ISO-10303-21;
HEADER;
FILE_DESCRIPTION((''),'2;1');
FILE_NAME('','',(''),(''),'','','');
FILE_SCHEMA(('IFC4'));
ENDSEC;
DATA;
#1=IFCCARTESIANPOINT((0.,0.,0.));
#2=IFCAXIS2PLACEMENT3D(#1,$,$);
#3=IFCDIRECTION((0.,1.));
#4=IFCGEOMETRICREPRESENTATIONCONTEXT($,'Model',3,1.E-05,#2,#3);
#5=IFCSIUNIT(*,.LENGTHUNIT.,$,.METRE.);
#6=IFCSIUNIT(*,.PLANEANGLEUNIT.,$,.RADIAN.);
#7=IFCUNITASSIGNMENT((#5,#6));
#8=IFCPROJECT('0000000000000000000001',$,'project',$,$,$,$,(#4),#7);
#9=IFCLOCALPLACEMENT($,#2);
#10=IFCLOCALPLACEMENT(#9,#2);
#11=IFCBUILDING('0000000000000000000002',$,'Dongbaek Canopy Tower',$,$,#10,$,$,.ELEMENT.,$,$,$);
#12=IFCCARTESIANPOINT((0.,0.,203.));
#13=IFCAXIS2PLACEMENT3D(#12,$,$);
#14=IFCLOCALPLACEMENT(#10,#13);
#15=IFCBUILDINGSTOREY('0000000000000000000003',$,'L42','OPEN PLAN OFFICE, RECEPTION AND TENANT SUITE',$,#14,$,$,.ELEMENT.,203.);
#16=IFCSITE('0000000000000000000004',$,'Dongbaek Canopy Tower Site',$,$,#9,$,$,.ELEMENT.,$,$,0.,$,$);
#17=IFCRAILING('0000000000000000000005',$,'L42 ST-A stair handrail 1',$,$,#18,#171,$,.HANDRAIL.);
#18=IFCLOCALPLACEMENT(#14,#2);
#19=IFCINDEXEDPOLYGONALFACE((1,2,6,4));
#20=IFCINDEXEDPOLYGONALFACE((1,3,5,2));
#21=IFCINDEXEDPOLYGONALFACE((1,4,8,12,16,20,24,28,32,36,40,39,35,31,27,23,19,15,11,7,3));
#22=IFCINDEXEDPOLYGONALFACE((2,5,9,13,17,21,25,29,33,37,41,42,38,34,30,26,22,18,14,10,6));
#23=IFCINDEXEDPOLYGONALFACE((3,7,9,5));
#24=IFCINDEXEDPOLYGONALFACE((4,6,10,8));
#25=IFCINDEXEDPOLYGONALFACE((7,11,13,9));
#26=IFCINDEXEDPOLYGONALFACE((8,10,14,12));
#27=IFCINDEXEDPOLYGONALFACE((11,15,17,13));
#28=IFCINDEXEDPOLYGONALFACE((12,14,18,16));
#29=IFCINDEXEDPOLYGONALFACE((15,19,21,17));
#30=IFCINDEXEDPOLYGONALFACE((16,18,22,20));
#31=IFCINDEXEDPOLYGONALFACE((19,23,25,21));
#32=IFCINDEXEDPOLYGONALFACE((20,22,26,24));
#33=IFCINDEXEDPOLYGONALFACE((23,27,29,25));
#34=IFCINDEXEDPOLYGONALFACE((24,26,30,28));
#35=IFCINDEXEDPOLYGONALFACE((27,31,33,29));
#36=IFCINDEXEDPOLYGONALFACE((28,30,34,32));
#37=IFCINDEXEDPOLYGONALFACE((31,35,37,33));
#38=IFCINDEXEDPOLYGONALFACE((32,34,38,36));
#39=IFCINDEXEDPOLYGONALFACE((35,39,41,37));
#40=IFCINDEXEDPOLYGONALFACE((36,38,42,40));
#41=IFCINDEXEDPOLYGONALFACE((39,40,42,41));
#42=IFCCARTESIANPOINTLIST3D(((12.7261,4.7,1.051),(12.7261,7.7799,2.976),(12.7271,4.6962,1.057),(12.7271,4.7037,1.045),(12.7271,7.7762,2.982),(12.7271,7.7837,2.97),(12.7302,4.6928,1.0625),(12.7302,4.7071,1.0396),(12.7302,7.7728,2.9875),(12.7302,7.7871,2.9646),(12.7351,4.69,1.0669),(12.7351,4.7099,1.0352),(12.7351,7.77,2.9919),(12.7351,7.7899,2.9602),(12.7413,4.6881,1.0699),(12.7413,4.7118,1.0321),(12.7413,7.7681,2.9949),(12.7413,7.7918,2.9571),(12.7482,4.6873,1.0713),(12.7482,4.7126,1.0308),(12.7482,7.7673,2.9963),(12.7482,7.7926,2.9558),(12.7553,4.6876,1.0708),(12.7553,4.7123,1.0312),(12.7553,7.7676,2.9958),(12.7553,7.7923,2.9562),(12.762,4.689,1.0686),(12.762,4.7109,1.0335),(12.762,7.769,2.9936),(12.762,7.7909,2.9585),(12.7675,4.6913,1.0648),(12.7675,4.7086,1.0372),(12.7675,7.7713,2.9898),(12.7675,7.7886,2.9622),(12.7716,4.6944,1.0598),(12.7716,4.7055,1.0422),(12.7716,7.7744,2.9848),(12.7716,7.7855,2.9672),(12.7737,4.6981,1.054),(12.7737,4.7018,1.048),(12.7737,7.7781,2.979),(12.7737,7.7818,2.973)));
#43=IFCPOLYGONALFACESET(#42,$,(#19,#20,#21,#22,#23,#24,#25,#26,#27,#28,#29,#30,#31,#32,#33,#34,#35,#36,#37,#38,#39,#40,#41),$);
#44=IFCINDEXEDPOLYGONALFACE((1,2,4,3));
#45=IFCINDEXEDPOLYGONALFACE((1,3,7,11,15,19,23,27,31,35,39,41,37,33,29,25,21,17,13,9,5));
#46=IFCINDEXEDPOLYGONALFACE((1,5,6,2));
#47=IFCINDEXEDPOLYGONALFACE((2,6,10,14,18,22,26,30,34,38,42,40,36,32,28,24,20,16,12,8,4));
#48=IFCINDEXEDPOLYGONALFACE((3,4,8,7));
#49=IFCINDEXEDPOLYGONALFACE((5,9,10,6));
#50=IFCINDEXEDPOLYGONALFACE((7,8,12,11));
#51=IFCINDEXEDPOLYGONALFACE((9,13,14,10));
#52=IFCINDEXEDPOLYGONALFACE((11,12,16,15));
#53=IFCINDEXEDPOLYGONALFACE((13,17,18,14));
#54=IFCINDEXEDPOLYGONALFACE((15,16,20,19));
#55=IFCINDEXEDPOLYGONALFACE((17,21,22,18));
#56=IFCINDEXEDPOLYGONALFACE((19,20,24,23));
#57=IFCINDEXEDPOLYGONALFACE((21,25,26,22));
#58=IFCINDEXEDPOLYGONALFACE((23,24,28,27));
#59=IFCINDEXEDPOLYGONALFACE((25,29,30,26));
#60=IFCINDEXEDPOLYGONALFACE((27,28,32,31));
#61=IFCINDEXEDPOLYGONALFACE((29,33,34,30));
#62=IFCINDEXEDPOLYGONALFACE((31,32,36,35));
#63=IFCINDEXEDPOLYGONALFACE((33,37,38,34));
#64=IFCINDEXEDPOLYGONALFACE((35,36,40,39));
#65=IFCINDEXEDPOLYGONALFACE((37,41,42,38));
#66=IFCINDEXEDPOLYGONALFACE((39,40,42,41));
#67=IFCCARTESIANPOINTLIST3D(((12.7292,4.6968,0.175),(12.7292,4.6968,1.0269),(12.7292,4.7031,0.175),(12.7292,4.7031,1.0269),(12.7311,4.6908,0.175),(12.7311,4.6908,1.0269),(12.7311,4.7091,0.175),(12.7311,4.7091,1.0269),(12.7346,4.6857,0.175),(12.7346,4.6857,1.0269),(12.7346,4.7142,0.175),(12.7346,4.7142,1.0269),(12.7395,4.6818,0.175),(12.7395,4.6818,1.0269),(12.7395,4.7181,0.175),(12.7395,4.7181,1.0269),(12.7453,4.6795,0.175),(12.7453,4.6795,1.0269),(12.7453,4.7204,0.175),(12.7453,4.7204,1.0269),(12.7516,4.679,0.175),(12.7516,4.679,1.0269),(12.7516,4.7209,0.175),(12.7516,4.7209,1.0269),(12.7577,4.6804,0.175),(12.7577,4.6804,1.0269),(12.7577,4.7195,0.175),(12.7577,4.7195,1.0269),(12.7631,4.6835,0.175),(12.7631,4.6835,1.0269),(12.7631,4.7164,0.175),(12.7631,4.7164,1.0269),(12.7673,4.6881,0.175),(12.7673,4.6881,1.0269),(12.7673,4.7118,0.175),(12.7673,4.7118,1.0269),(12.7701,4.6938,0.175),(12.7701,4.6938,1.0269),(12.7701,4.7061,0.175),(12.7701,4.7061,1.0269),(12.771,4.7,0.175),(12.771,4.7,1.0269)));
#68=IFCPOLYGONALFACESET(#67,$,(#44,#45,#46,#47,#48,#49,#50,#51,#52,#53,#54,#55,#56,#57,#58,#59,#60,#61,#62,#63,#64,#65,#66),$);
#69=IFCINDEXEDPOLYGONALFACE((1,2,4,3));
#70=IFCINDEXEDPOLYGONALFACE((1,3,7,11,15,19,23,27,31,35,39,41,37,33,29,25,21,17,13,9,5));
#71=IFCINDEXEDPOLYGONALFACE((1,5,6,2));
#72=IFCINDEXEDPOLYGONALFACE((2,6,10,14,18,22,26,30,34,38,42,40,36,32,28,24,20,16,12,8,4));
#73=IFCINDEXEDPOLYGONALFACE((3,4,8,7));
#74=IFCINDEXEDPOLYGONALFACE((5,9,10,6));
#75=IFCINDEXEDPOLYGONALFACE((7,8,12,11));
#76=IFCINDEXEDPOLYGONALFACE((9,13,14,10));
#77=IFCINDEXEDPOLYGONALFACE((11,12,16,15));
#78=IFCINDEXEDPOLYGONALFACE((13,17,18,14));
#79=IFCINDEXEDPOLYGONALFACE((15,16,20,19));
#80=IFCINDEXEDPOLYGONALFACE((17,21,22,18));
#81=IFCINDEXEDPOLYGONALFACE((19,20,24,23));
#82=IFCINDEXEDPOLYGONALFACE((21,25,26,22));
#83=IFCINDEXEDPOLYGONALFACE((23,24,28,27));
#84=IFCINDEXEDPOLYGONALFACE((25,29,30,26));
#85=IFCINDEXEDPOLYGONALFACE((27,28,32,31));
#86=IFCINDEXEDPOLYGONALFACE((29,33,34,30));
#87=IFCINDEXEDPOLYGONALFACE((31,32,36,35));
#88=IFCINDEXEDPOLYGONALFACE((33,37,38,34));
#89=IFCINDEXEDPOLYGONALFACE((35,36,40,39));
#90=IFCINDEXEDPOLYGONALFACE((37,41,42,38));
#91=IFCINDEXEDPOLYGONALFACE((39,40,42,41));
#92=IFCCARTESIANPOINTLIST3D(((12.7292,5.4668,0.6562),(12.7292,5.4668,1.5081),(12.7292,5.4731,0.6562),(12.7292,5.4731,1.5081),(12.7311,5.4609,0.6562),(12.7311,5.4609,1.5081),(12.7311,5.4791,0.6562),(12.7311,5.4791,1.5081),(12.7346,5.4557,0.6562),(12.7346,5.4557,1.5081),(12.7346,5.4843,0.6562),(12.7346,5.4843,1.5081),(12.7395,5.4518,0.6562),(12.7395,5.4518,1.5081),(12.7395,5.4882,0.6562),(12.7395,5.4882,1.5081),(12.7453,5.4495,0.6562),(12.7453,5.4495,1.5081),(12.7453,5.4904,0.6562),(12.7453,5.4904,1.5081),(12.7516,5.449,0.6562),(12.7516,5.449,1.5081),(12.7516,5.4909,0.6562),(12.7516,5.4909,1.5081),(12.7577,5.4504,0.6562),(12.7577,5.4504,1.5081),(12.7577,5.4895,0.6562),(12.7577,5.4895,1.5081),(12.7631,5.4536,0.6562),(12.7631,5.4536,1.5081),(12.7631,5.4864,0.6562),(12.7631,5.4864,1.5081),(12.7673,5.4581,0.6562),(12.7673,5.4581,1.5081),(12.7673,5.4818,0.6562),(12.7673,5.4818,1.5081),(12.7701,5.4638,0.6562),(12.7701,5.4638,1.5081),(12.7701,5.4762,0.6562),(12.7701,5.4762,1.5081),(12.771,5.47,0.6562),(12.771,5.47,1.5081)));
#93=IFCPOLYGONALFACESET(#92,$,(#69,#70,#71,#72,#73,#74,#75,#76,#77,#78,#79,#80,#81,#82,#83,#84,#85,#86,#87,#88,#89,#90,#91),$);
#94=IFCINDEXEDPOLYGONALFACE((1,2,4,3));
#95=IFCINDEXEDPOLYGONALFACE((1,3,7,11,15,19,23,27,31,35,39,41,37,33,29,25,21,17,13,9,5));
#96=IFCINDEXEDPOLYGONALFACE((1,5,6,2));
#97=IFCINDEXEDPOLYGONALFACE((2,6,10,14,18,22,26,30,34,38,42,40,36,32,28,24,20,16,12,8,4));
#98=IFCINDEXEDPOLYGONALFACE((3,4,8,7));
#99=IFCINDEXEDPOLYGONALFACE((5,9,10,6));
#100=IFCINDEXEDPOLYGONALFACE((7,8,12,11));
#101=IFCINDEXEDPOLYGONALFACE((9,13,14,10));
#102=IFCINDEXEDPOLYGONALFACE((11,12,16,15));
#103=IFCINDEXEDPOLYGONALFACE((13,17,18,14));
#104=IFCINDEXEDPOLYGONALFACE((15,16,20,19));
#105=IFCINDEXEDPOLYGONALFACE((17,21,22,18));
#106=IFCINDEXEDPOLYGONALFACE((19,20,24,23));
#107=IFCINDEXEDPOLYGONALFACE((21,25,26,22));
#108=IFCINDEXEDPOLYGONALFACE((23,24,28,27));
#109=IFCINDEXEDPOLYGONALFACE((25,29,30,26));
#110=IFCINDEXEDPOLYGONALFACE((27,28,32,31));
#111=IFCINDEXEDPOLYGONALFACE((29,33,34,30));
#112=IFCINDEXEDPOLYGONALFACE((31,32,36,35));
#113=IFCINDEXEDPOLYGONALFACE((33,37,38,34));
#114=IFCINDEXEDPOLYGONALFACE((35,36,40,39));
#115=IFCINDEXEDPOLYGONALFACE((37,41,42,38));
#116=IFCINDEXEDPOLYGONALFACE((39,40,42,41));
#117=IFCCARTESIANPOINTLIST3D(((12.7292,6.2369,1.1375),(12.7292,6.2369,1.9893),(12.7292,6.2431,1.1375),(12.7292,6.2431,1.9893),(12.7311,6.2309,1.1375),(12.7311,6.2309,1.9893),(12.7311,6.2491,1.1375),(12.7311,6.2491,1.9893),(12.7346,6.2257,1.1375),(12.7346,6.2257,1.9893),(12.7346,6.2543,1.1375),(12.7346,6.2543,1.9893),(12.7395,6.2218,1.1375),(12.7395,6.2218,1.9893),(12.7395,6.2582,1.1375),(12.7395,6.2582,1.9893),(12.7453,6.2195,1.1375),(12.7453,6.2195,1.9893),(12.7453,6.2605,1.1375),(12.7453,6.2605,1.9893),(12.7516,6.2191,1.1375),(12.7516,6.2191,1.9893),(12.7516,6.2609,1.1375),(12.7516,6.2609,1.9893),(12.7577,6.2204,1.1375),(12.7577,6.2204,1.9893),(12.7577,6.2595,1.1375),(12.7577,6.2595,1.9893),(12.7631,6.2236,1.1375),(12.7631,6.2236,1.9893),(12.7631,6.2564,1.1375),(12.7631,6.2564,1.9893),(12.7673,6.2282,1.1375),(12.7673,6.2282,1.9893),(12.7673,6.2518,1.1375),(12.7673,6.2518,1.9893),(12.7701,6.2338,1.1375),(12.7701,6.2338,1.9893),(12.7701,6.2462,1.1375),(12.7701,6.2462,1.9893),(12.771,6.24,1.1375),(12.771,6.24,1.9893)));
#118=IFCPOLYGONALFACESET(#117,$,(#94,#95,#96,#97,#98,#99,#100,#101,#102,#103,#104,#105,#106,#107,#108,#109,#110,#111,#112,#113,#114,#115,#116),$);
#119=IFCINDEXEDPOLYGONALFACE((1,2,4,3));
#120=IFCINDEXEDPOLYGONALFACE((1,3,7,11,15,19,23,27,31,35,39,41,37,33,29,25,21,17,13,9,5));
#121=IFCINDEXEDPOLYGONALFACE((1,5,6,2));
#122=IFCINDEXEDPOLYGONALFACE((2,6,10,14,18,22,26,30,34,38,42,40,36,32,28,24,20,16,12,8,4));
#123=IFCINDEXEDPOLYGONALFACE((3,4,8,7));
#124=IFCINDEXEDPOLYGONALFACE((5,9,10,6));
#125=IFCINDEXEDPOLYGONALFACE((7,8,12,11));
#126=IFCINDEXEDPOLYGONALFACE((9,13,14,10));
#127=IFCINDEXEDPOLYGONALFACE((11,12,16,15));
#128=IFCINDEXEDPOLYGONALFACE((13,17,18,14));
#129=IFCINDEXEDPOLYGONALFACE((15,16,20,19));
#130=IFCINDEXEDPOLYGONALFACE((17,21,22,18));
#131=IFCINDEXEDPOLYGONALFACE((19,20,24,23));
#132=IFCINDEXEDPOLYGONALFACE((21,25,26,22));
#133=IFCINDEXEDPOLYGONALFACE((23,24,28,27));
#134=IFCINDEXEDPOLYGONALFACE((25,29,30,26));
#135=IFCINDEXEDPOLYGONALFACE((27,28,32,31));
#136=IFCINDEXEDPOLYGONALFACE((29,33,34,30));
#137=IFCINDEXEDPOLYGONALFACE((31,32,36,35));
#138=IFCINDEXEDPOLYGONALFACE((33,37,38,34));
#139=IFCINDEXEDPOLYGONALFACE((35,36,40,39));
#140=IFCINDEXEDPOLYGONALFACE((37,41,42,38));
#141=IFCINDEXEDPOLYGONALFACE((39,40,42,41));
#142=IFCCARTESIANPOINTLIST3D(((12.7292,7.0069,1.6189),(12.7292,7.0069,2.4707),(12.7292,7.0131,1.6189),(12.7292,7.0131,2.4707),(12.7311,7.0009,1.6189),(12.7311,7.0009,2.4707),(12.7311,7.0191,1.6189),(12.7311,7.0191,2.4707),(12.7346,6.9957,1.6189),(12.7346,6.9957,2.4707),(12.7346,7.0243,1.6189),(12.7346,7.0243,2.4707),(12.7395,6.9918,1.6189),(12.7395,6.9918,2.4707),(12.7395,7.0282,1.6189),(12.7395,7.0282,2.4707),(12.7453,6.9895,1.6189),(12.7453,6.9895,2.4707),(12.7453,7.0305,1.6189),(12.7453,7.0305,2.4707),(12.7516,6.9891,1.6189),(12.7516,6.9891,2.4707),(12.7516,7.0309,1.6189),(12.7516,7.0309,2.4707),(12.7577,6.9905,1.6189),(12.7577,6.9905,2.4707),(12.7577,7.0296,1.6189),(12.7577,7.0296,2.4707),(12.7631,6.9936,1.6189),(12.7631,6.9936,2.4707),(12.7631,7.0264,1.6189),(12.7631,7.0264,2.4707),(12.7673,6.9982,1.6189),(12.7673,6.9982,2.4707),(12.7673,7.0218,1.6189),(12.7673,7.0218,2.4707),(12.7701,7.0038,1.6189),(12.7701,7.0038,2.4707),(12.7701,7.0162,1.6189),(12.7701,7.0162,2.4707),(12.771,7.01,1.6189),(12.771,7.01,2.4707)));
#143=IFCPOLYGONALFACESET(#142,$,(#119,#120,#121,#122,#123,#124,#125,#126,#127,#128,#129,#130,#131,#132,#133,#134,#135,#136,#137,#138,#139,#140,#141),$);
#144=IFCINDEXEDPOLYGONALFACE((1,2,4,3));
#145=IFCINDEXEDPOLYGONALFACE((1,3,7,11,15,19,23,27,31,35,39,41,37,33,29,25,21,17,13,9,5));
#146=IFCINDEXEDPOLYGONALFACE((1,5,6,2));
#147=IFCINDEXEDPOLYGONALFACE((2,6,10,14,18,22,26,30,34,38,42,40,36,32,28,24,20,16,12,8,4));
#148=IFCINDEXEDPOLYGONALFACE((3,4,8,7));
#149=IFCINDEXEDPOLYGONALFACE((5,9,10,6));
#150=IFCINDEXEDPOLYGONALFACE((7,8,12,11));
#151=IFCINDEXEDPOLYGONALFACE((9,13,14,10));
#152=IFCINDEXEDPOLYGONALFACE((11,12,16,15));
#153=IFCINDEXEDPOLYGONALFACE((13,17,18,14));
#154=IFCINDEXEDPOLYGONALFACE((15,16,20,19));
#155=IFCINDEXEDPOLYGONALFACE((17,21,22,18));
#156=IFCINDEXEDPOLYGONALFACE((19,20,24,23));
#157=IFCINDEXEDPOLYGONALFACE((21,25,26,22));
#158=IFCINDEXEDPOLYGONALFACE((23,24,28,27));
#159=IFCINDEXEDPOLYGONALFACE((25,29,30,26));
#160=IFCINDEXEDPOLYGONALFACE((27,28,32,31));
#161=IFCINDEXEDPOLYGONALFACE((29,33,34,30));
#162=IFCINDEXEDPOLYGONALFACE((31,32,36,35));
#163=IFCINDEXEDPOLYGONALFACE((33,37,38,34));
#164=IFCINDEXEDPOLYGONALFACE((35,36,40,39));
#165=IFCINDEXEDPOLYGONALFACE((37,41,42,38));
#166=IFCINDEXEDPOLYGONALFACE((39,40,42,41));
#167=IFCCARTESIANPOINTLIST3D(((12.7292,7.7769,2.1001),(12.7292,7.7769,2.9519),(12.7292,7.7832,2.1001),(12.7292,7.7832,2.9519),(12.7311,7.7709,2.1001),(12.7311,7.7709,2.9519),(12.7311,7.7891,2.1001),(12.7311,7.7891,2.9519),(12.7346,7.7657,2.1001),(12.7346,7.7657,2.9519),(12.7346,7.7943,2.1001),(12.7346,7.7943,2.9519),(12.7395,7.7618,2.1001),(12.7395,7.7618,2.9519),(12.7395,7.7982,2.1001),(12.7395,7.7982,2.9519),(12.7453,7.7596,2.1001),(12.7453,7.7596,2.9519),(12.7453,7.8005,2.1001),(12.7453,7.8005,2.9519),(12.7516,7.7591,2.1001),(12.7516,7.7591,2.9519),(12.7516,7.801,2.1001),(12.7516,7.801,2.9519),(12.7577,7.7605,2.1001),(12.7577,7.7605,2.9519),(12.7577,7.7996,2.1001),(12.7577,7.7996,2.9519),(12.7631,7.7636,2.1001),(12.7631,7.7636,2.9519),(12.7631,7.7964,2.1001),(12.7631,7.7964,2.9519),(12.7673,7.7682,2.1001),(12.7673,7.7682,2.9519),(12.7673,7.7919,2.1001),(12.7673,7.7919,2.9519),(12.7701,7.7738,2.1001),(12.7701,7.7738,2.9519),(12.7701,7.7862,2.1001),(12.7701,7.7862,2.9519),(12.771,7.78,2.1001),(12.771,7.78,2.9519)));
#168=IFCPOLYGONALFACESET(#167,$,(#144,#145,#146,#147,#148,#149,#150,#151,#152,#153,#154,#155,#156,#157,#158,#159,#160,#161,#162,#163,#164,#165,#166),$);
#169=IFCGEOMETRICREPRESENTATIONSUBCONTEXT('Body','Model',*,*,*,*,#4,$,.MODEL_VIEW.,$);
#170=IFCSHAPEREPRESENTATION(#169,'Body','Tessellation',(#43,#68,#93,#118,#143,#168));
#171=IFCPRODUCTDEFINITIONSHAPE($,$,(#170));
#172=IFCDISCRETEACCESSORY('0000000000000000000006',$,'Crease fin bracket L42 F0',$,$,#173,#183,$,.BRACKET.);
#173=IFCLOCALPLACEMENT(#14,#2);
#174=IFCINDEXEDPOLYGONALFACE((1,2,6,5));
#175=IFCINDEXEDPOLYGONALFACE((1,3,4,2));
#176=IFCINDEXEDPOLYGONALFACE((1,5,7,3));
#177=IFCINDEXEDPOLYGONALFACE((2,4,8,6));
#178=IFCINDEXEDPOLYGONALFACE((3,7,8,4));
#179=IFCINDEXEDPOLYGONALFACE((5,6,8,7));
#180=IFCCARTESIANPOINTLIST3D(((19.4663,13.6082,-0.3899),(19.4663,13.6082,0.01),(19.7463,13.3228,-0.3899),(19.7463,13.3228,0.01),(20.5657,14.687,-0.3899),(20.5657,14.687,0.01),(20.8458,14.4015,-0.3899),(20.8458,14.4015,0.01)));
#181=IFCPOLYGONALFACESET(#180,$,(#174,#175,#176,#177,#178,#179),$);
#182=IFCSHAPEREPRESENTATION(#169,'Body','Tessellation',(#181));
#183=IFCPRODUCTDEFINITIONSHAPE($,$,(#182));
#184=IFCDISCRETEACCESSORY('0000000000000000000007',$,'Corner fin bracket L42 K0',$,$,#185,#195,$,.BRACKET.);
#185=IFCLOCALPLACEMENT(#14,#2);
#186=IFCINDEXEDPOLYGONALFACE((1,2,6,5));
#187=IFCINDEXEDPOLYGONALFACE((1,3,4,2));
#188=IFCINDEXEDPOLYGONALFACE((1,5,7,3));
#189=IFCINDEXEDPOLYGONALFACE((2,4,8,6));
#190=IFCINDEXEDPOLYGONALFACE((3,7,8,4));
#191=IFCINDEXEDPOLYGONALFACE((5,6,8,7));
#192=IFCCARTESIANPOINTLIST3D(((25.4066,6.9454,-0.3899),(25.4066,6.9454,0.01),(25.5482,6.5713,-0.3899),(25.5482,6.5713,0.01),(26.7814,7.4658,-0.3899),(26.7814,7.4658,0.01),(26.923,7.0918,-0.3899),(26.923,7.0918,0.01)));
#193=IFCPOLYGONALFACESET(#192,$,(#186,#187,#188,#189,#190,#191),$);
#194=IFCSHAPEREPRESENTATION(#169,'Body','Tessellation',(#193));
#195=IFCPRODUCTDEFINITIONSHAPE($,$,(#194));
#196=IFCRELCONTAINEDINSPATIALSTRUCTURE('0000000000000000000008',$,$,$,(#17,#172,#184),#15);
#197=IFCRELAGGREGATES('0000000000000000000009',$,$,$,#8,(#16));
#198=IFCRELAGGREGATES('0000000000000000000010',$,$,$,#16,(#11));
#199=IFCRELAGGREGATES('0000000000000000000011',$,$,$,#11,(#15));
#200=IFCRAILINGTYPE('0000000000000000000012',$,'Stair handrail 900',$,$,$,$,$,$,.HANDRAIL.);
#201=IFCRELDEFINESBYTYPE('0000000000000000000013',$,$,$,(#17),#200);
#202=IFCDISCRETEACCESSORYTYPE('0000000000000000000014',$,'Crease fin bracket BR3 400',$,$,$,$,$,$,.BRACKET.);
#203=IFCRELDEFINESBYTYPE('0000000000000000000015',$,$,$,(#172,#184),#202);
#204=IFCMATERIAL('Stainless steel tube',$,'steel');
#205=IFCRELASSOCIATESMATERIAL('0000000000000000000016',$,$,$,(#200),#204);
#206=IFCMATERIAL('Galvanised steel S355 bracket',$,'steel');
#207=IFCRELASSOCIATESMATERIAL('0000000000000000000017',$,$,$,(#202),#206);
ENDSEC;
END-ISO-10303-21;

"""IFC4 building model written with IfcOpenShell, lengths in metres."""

from ifc_helpers import new_model, si_unit, direction, frame, origin, origin_2d, place, context, subcontext, project, spatial, rectangle, circle, extrude, material, type_object, element, save


model = new_model("IFC4")

# Units and contexts
model_context = context("Model", 3, precision=1e-05, world=origin(), true_north=direction((0.0, 1.0)))
body_context = subcontext(model_context, "Body", "Model", "MODEL_VIEW")
ifc_project = project(units=[si_unit("LENGTHUNIT", "METRE"), si_unit("PLANEANGLEUNIT", "RADIAN")], contexts=[model_context])

# Site, building, storey
site_placement = place(None, origin())
site = spatial("IfcSite", under=ifc_project, at=site_placement, Name="Dongbaek Canopy Tower Site", CompositionType="ELEMENT", RefElevation=0.0)
building_placement = place(site_placement, origin())
building = spatial("IfcBuilding", under=site, at=building_placement, Name="Dongbaek Canopy Tower", CompositionType="ELEMENT")
storey_placement = place(building_placement, frame((0.0, 0.0, 203.0)))
storey = spatial("IfcBuildingStorey", under=building, at=storey_placement, Name="L42", Description="OPEN PLAN OFFICE, RECEPTION AND TENANT SUITE", CompositionType="ELEMENT", Elevation=203.0)

# Railing
ifc_material_1 = material(Name="Stainless steel tube", Category="steel")
railing_type = type_object("IfcRailingType", Name="Stair handrail 900", PredefinedType="HANDRAIL", material=ifc_material_1)
railing_placement = place(storey_placement, frame((12.75, 4.7, 0.175)))
element("IfcRailing", 1, at=railing_placement, inside=storey, type_object=railing_type, Name="L42 ST-A stair handrail 1", PredefinedType="HANDRAIL", context=body_context, shape_type="SweptSolid", body=[
    extrude(circle(Radius=0.0239, at=origin_2d()), frame((0.0, 0.0, 0.876), z_axis=(0.0, 0.847998, 0.529999), x_axis=(-1.0, 0.0, 0.0)), (0.0, 0.0, 1.0), 3.6321),
    extrude(circle(Radius=0.021, at=origin_2d()), origin(), (0.0, 0.0, 1.0), 0.8518),
    extrude(circle(Radius=0.021, at=origin_2d()), frame((0.0, 0.77, 0.4812)), (0.0, 0.0, 1.0), 0.8518),
    extrude(circle(Radius=0.021, at=origin_2d()), frame((0.0, 1.54, 0.9624)), (0.0, 0.0, 1.0), 0.8518),
    extrude(circle(Radius=0.021, at=origin_2d()), frame((0.0, 2.3101, 1.4438)), (0.0, 0.0, 1.0), 0.8518),
    extrude(circle(Radius=0.021, at=origin_2d()), frame((0.0, 3.0801, 1.925)), (0.0, 0.0, 1.0), 0.8518),
])

# Discrete accessories
ifc_material_2 = material(Name="Galvanised steel S355 bracket", Category="steel")
discrete_accessory_type = type_object("IfcDiscreteAccessoryType", Name="Crease fin bracket BR3 400", PredefinedType="BRACKET", material=ifc_material_2)
discrete_accessory_1_placement = place(storey_placement, frame((20.156, 14.0049, -0.3899), z_axis=(0.0, 0.0, 1.0), x_axis=(0.713782, 0.700368, 0.0)))
element("IfcDiscreteAccessory", 2, at=discrete_accessory_1_placement, inside=storey, type_object=discrete_accessory_type, Name="Crease fin bracket L42 F0", PredefinedType="BRACKET", context=body_context, shape_type="SweptSolid", body=[
    extrude(rectangle(XDim=1.5403, YDim=0.3999, at=origin_2d()), origin(), (0.0, 0.0, 1.0), 0.3999),
])
discrete_accessory_2_placement = place(storey_placement, frame((26.1648, 7.0186, -0.3899), z_axis=(0.0, 0.0, 1.0), x_axis=(0.935235, 0.354027, 0.0)))
element("IfcDiscreteAccessory", 3, at=discrete_accessory_2_placement, inside=storey, type_object=discrete_accessory_type, Name="Corner fin bracket L42 K0", PredefinedType="BRACKET", context=body_context, shape_type="SweptSolid", body=[
    extrude(rectangle(XDim=1.47, YDim=0.3999, at=origin_2d()), origin(), (0.0, 0.0, 1.0), 0.3999),
])

save(model, "model.ifc")
